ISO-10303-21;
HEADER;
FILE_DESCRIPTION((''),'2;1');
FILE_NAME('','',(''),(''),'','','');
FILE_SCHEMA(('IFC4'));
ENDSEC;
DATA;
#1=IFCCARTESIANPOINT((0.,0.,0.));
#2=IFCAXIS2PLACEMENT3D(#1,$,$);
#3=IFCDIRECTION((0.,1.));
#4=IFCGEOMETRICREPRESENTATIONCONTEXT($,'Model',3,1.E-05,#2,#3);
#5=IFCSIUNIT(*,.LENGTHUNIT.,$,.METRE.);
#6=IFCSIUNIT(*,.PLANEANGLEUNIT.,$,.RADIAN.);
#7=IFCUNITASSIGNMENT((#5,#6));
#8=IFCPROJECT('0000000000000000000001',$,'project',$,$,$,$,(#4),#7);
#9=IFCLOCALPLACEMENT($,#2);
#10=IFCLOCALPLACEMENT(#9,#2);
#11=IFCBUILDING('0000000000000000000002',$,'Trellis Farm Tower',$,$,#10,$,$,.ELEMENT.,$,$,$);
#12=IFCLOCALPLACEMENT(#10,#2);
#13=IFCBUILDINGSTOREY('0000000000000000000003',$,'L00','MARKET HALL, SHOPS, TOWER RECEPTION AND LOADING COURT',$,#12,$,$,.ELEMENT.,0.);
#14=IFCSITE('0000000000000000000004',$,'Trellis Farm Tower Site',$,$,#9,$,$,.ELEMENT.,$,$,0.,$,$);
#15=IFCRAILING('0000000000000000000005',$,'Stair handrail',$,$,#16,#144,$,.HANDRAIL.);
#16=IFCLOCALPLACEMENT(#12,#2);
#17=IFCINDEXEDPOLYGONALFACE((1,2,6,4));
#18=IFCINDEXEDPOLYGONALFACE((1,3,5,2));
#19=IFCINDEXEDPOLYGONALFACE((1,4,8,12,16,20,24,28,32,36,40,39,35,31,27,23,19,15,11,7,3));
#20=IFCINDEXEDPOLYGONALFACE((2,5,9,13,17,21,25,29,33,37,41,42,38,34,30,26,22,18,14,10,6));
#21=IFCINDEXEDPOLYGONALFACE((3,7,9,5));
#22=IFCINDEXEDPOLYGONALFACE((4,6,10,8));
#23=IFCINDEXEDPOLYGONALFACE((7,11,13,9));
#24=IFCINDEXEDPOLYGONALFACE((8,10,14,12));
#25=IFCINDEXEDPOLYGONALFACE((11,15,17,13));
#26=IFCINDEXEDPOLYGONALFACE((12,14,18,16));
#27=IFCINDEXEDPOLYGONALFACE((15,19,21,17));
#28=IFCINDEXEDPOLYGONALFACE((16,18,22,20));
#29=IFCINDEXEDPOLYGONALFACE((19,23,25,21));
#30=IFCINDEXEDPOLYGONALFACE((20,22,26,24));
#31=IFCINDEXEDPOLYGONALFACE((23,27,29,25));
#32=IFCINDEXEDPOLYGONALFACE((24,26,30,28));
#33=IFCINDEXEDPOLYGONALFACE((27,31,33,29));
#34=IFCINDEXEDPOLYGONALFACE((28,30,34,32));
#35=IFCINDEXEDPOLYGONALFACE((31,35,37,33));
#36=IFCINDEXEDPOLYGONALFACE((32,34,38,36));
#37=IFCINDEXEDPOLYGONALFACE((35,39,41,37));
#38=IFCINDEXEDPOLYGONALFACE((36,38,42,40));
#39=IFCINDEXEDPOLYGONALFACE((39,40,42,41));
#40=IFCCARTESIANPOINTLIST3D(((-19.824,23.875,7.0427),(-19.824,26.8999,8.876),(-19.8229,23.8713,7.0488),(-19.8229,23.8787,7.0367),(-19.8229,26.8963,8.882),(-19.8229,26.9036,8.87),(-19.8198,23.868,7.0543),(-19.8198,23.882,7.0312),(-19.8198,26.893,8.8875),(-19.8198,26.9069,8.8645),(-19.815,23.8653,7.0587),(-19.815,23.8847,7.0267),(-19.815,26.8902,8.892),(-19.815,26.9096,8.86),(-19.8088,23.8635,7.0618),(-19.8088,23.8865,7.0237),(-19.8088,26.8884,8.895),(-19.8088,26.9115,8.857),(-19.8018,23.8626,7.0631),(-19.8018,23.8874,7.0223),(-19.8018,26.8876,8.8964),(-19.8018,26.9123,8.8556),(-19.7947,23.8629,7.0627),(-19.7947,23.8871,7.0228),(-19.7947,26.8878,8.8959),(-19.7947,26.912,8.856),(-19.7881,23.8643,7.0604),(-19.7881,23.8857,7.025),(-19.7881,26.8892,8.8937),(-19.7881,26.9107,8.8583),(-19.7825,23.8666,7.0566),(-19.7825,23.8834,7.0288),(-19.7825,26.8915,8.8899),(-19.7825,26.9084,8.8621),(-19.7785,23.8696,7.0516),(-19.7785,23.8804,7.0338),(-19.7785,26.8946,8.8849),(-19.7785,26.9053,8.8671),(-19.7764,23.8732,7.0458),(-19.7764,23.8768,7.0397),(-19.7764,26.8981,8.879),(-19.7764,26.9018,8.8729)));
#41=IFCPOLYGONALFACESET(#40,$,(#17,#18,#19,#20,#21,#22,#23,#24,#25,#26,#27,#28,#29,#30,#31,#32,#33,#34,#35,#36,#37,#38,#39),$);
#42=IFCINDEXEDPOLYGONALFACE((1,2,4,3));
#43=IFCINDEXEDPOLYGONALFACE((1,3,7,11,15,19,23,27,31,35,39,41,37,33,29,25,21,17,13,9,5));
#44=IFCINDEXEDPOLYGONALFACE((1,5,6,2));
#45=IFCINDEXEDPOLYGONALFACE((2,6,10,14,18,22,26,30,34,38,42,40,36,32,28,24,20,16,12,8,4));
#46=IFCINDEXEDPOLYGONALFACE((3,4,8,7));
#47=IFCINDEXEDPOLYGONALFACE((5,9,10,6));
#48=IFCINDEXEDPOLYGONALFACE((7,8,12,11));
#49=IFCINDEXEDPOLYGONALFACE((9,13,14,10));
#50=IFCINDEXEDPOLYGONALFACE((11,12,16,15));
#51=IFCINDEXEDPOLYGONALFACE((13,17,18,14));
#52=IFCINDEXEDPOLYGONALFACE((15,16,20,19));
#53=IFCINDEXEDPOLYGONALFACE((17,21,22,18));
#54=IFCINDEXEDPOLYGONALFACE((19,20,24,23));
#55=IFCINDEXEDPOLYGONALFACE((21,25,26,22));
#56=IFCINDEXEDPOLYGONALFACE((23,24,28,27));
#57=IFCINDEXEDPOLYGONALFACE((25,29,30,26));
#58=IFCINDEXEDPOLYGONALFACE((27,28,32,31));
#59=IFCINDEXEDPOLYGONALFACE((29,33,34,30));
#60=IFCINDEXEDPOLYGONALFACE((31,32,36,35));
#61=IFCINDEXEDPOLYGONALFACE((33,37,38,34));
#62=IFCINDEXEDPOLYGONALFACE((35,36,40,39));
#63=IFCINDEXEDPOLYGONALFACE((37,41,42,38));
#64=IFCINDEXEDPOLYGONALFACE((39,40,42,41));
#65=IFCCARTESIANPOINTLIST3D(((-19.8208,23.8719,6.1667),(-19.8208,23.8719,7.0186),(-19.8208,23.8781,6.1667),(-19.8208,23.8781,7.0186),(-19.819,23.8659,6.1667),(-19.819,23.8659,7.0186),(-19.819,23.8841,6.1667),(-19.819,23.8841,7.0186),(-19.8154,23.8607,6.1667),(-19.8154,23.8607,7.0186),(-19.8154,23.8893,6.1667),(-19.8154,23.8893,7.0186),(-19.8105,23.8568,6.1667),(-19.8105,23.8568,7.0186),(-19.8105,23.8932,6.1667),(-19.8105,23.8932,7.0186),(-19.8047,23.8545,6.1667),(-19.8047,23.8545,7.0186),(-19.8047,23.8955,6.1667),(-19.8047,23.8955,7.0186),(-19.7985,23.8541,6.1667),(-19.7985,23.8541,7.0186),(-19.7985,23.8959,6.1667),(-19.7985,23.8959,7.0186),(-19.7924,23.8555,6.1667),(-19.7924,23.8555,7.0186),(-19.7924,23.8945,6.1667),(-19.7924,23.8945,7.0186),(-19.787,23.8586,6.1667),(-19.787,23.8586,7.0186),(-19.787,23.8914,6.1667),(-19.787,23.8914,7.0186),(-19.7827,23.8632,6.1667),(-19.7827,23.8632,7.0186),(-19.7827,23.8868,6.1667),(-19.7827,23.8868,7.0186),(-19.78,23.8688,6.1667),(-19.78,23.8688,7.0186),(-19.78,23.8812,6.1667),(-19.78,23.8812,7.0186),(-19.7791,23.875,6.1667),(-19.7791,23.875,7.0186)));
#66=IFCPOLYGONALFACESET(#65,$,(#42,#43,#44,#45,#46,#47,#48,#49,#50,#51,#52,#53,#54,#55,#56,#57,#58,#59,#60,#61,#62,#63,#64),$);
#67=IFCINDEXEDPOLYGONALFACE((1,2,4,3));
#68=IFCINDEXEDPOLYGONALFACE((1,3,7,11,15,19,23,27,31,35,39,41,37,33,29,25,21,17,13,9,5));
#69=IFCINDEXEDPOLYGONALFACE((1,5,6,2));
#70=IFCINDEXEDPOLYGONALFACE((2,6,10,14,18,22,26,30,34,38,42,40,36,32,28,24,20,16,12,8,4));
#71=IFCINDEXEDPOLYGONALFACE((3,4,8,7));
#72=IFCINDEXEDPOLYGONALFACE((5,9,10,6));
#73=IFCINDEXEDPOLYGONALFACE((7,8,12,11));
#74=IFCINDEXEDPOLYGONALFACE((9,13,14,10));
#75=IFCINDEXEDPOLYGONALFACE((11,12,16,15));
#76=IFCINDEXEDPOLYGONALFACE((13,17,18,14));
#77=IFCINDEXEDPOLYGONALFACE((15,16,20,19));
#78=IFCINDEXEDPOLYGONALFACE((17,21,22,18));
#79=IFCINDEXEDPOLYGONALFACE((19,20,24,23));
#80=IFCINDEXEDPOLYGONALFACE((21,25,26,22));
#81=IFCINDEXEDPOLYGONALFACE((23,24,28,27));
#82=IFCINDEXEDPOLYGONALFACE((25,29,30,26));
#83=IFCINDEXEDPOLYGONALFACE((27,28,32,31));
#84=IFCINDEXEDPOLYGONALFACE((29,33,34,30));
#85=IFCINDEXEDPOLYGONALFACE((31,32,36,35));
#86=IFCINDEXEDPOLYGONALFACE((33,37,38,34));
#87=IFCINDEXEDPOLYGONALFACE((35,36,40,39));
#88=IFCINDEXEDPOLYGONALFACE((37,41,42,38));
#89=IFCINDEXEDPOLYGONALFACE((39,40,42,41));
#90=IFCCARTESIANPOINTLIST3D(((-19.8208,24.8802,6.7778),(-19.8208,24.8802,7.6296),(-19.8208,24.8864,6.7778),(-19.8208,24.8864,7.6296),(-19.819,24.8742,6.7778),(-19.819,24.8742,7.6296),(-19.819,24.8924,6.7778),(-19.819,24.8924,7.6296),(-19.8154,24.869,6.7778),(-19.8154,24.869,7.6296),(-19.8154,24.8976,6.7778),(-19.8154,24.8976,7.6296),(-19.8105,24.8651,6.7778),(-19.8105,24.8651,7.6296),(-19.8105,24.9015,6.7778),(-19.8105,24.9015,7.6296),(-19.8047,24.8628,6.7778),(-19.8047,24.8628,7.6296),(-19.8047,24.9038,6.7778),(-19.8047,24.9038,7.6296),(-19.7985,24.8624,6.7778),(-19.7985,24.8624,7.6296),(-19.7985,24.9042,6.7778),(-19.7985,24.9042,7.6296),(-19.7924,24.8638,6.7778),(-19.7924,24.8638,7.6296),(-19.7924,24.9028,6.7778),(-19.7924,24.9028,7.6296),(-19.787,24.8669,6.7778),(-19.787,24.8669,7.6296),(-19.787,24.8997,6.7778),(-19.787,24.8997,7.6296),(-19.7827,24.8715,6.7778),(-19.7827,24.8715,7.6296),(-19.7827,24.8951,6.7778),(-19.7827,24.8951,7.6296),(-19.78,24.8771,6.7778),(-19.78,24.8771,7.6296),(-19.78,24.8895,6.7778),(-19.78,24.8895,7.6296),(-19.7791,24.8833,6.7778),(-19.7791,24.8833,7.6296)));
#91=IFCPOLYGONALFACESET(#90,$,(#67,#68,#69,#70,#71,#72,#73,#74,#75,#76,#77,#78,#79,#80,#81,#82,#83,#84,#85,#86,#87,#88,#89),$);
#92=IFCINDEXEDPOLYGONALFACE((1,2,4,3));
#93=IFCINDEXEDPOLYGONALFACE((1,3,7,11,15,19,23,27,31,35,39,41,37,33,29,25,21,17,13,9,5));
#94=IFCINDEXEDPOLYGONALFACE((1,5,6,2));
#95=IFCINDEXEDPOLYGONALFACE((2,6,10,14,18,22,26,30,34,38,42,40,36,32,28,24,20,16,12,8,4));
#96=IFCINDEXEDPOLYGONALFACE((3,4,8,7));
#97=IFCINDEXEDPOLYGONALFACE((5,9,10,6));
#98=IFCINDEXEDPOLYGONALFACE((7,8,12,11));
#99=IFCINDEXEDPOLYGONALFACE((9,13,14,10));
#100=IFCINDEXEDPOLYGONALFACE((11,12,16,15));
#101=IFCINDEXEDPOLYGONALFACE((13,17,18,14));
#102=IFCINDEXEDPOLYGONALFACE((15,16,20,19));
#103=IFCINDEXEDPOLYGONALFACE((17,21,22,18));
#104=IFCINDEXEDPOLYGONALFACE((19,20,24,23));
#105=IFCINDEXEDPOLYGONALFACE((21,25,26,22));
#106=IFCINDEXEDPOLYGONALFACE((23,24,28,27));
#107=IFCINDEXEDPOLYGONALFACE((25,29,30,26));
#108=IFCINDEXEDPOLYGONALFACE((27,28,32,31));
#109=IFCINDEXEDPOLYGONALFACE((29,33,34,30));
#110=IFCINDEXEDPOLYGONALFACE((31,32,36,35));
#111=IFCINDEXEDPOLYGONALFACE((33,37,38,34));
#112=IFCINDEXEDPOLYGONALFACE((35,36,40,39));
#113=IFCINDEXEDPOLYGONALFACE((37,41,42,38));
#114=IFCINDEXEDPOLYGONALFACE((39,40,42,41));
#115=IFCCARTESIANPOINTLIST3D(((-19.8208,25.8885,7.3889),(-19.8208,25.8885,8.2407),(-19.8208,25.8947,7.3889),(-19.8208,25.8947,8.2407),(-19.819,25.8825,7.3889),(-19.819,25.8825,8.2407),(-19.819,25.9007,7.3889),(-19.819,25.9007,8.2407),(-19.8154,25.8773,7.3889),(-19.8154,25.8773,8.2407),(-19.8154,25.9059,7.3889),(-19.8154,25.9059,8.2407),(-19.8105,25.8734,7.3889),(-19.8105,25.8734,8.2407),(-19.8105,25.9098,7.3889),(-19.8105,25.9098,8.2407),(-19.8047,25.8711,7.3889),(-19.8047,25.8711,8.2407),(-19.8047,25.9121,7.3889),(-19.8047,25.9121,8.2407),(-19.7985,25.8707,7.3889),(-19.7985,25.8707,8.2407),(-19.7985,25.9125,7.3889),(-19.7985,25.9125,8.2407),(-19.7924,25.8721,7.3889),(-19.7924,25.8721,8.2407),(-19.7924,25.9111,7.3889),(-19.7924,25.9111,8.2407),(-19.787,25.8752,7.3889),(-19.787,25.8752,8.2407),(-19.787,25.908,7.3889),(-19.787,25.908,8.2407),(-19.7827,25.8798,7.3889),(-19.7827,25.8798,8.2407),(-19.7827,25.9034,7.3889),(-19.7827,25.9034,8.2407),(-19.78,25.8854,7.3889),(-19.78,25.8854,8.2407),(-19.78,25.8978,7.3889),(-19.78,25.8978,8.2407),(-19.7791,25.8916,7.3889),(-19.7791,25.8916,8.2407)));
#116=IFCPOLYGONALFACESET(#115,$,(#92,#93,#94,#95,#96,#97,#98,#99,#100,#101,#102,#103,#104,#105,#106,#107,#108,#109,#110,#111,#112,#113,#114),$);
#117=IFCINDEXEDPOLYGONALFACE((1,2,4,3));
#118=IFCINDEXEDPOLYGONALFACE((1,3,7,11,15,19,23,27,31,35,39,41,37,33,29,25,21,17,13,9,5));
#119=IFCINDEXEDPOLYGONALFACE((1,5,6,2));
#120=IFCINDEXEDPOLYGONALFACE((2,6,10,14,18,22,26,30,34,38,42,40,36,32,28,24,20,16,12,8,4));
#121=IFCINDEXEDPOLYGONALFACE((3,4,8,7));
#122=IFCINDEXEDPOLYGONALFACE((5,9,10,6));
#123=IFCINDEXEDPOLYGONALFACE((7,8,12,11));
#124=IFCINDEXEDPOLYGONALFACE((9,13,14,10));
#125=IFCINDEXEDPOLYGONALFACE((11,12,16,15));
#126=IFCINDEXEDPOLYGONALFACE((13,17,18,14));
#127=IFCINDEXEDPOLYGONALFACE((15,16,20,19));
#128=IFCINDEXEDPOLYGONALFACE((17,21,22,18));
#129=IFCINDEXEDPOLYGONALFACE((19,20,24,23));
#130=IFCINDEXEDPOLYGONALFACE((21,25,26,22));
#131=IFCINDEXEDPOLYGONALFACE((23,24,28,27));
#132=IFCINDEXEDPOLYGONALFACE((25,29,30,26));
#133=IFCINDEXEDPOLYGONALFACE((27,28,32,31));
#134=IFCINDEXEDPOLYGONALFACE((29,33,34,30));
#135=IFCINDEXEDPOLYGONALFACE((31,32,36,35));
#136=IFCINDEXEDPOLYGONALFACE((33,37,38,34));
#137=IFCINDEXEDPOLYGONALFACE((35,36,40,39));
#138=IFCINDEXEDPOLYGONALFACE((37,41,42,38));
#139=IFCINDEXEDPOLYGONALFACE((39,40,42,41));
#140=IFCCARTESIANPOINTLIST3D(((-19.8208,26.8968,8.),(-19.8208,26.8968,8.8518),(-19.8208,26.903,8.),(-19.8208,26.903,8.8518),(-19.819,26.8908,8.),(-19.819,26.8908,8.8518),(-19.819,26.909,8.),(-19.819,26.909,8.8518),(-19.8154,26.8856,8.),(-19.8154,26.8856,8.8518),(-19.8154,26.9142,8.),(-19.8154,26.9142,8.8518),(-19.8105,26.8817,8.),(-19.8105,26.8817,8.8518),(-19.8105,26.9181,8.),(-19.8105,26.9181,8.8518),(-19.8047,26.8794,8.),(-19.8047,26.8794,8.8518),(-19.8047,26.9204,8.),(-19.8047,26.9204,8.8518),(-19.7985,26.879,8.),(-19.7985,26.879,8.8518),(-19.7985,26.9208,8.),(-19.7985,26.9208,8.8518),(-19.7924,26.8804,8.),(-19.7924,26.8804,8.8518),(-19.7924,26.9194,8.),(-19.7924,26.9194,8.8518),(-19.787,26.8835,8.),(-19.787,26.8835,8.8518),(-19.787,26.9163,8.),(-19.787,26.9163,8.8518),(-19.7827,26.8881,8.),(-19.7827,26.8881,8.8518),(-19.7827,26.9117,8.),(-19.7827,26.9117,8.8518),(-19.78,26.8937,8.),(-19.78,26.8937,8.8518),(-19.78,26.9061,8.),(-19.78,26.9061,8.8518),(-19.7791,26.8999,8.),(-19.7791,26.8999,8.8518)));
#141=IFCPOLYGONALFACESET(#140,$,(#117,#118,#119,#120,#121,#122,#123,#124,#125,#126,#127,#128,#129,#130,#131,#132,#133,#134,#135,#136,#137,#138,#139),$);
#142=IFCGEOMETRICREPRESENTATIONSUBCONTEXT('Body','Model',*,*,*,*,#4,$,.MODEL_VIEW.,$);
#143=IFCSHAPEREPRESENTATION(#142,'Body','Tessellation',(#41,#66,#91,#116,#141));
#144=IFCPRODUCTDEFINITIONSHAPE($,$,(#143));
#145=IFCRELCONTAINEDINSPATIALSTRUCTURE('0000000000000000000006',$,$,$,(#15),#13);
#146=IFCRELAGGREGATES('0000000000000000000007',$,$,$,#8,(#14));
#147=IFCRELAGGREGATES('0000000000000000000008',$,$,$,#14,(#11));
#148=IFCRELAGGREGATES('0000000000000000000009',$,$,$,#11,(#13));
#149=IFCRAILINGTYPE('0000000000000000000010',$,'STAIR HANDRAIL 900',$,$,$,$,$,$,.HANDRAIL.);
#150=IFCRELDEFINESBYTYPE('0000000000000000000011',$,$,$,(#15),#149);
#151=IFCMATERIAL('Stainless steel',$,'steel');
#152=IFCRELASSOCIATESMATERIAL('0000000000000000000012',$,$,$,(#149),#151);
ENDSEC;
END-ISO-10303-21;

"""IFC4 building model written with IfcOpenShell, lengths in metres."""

from ifc_helpers import new_model, si_unit, direction, frame, origin, origin_2d, place, context, subcontext, project, spatial, circle, extrude, source, transform, mapped, material, type_object, element, save


model = new_model("IFC4")

# Units and contexts
model_context = context("Model", 3, precision=1e-05, world=origin(), true_north=direction((0.0, 1.0)))
body_context = subcontext(model_context, "Body", "Model", "MODEL_VIEW")
ifc_project = project(units=[si_unit("LENGTHUNIT", "METRE"), si_unit("PLANEANGLEUNIT", "RADIAN")], contexts=[model_context])

# Site, building, storey
site_placement = place(None, origin())
site = spatial("IfcSite", under=ifc_project, at=site_placement, Name="Trellis Farm Tower Site", CompositionType="ELEMENT", RefElevation=0.0)
building_placement = place(site_placement, origin())
building = spatial("IfcBuilding", under=site, at=building_placement, Name="Trellis Farm Tower", CompositionType="ELEMENT")
storey_placement = place(building_placement, origin())
storey = spatial("IfcBuildingStorey", under=building, at=storey_placement, Name="L00", Description="MARKET HALL, SHOPS, TOWER RECEPTION AND LOADING COURT", CompositionType="ELEMENT", Elevation=0.0)

# Railing
ifc_material_1 = material(Name="Stainless steel", Category="steel")
railing_type = type_object("IfcRailingType", Name="STAIR HANDRAIL 900", PredefinedType="HANDRAIL", material=ifc_material_1)
shared_shape_1 = source(origin(), body_context, "Body", "SweptSolid", [
    extrude(circle(Radius=0.0239, at=origin_2d()), frame((0.0, 0.0, 0.876), z_axis=(0.0, 0.855201, 0.518297), x_axis=(-1.0, 0.0, 0.0)), (0.0, 0.0, 1.0), 3.5371),
    extrude(circle(Radius=0.021, at=origin_2d()), origin(), (0.0, 0.0, 1.0), 0.8518),
    extrude(circle(Radius=0.021, at=origin_2d()), frame((0.0, 1.0083, 0.6111)), (0.0, 0.0, 1.0), 0.8518),
    extrude(circle(Radius=0.021, at=origin_2d()), frame((0.0, 2.0166, 1.2222)), (0.0, 0.0, 1.0), 0.8518),
    extrude(circle(Radius=0.021, at=origin_2d()), frame((0.0, 3.0249, 1.8333)), (0.0, 0.0, 1.0), 0.8518),
])
for number, where, name in (
    (1, (-19.8, 23.875, 6.1667), "Stair handrail"),
):
    element("IfcRailing", number, at=place(storey_placement, frame(where)), inside=storey, type_object=railing_type, Name=name, PredefinedType="HANDRAIL", context=body_context, shape_type="MappedRepresentation", body=[
        mapped(shared_shape_1, transform((0.0, 0.0, 0.0))),
    ])

save(model, "model.ifc")
